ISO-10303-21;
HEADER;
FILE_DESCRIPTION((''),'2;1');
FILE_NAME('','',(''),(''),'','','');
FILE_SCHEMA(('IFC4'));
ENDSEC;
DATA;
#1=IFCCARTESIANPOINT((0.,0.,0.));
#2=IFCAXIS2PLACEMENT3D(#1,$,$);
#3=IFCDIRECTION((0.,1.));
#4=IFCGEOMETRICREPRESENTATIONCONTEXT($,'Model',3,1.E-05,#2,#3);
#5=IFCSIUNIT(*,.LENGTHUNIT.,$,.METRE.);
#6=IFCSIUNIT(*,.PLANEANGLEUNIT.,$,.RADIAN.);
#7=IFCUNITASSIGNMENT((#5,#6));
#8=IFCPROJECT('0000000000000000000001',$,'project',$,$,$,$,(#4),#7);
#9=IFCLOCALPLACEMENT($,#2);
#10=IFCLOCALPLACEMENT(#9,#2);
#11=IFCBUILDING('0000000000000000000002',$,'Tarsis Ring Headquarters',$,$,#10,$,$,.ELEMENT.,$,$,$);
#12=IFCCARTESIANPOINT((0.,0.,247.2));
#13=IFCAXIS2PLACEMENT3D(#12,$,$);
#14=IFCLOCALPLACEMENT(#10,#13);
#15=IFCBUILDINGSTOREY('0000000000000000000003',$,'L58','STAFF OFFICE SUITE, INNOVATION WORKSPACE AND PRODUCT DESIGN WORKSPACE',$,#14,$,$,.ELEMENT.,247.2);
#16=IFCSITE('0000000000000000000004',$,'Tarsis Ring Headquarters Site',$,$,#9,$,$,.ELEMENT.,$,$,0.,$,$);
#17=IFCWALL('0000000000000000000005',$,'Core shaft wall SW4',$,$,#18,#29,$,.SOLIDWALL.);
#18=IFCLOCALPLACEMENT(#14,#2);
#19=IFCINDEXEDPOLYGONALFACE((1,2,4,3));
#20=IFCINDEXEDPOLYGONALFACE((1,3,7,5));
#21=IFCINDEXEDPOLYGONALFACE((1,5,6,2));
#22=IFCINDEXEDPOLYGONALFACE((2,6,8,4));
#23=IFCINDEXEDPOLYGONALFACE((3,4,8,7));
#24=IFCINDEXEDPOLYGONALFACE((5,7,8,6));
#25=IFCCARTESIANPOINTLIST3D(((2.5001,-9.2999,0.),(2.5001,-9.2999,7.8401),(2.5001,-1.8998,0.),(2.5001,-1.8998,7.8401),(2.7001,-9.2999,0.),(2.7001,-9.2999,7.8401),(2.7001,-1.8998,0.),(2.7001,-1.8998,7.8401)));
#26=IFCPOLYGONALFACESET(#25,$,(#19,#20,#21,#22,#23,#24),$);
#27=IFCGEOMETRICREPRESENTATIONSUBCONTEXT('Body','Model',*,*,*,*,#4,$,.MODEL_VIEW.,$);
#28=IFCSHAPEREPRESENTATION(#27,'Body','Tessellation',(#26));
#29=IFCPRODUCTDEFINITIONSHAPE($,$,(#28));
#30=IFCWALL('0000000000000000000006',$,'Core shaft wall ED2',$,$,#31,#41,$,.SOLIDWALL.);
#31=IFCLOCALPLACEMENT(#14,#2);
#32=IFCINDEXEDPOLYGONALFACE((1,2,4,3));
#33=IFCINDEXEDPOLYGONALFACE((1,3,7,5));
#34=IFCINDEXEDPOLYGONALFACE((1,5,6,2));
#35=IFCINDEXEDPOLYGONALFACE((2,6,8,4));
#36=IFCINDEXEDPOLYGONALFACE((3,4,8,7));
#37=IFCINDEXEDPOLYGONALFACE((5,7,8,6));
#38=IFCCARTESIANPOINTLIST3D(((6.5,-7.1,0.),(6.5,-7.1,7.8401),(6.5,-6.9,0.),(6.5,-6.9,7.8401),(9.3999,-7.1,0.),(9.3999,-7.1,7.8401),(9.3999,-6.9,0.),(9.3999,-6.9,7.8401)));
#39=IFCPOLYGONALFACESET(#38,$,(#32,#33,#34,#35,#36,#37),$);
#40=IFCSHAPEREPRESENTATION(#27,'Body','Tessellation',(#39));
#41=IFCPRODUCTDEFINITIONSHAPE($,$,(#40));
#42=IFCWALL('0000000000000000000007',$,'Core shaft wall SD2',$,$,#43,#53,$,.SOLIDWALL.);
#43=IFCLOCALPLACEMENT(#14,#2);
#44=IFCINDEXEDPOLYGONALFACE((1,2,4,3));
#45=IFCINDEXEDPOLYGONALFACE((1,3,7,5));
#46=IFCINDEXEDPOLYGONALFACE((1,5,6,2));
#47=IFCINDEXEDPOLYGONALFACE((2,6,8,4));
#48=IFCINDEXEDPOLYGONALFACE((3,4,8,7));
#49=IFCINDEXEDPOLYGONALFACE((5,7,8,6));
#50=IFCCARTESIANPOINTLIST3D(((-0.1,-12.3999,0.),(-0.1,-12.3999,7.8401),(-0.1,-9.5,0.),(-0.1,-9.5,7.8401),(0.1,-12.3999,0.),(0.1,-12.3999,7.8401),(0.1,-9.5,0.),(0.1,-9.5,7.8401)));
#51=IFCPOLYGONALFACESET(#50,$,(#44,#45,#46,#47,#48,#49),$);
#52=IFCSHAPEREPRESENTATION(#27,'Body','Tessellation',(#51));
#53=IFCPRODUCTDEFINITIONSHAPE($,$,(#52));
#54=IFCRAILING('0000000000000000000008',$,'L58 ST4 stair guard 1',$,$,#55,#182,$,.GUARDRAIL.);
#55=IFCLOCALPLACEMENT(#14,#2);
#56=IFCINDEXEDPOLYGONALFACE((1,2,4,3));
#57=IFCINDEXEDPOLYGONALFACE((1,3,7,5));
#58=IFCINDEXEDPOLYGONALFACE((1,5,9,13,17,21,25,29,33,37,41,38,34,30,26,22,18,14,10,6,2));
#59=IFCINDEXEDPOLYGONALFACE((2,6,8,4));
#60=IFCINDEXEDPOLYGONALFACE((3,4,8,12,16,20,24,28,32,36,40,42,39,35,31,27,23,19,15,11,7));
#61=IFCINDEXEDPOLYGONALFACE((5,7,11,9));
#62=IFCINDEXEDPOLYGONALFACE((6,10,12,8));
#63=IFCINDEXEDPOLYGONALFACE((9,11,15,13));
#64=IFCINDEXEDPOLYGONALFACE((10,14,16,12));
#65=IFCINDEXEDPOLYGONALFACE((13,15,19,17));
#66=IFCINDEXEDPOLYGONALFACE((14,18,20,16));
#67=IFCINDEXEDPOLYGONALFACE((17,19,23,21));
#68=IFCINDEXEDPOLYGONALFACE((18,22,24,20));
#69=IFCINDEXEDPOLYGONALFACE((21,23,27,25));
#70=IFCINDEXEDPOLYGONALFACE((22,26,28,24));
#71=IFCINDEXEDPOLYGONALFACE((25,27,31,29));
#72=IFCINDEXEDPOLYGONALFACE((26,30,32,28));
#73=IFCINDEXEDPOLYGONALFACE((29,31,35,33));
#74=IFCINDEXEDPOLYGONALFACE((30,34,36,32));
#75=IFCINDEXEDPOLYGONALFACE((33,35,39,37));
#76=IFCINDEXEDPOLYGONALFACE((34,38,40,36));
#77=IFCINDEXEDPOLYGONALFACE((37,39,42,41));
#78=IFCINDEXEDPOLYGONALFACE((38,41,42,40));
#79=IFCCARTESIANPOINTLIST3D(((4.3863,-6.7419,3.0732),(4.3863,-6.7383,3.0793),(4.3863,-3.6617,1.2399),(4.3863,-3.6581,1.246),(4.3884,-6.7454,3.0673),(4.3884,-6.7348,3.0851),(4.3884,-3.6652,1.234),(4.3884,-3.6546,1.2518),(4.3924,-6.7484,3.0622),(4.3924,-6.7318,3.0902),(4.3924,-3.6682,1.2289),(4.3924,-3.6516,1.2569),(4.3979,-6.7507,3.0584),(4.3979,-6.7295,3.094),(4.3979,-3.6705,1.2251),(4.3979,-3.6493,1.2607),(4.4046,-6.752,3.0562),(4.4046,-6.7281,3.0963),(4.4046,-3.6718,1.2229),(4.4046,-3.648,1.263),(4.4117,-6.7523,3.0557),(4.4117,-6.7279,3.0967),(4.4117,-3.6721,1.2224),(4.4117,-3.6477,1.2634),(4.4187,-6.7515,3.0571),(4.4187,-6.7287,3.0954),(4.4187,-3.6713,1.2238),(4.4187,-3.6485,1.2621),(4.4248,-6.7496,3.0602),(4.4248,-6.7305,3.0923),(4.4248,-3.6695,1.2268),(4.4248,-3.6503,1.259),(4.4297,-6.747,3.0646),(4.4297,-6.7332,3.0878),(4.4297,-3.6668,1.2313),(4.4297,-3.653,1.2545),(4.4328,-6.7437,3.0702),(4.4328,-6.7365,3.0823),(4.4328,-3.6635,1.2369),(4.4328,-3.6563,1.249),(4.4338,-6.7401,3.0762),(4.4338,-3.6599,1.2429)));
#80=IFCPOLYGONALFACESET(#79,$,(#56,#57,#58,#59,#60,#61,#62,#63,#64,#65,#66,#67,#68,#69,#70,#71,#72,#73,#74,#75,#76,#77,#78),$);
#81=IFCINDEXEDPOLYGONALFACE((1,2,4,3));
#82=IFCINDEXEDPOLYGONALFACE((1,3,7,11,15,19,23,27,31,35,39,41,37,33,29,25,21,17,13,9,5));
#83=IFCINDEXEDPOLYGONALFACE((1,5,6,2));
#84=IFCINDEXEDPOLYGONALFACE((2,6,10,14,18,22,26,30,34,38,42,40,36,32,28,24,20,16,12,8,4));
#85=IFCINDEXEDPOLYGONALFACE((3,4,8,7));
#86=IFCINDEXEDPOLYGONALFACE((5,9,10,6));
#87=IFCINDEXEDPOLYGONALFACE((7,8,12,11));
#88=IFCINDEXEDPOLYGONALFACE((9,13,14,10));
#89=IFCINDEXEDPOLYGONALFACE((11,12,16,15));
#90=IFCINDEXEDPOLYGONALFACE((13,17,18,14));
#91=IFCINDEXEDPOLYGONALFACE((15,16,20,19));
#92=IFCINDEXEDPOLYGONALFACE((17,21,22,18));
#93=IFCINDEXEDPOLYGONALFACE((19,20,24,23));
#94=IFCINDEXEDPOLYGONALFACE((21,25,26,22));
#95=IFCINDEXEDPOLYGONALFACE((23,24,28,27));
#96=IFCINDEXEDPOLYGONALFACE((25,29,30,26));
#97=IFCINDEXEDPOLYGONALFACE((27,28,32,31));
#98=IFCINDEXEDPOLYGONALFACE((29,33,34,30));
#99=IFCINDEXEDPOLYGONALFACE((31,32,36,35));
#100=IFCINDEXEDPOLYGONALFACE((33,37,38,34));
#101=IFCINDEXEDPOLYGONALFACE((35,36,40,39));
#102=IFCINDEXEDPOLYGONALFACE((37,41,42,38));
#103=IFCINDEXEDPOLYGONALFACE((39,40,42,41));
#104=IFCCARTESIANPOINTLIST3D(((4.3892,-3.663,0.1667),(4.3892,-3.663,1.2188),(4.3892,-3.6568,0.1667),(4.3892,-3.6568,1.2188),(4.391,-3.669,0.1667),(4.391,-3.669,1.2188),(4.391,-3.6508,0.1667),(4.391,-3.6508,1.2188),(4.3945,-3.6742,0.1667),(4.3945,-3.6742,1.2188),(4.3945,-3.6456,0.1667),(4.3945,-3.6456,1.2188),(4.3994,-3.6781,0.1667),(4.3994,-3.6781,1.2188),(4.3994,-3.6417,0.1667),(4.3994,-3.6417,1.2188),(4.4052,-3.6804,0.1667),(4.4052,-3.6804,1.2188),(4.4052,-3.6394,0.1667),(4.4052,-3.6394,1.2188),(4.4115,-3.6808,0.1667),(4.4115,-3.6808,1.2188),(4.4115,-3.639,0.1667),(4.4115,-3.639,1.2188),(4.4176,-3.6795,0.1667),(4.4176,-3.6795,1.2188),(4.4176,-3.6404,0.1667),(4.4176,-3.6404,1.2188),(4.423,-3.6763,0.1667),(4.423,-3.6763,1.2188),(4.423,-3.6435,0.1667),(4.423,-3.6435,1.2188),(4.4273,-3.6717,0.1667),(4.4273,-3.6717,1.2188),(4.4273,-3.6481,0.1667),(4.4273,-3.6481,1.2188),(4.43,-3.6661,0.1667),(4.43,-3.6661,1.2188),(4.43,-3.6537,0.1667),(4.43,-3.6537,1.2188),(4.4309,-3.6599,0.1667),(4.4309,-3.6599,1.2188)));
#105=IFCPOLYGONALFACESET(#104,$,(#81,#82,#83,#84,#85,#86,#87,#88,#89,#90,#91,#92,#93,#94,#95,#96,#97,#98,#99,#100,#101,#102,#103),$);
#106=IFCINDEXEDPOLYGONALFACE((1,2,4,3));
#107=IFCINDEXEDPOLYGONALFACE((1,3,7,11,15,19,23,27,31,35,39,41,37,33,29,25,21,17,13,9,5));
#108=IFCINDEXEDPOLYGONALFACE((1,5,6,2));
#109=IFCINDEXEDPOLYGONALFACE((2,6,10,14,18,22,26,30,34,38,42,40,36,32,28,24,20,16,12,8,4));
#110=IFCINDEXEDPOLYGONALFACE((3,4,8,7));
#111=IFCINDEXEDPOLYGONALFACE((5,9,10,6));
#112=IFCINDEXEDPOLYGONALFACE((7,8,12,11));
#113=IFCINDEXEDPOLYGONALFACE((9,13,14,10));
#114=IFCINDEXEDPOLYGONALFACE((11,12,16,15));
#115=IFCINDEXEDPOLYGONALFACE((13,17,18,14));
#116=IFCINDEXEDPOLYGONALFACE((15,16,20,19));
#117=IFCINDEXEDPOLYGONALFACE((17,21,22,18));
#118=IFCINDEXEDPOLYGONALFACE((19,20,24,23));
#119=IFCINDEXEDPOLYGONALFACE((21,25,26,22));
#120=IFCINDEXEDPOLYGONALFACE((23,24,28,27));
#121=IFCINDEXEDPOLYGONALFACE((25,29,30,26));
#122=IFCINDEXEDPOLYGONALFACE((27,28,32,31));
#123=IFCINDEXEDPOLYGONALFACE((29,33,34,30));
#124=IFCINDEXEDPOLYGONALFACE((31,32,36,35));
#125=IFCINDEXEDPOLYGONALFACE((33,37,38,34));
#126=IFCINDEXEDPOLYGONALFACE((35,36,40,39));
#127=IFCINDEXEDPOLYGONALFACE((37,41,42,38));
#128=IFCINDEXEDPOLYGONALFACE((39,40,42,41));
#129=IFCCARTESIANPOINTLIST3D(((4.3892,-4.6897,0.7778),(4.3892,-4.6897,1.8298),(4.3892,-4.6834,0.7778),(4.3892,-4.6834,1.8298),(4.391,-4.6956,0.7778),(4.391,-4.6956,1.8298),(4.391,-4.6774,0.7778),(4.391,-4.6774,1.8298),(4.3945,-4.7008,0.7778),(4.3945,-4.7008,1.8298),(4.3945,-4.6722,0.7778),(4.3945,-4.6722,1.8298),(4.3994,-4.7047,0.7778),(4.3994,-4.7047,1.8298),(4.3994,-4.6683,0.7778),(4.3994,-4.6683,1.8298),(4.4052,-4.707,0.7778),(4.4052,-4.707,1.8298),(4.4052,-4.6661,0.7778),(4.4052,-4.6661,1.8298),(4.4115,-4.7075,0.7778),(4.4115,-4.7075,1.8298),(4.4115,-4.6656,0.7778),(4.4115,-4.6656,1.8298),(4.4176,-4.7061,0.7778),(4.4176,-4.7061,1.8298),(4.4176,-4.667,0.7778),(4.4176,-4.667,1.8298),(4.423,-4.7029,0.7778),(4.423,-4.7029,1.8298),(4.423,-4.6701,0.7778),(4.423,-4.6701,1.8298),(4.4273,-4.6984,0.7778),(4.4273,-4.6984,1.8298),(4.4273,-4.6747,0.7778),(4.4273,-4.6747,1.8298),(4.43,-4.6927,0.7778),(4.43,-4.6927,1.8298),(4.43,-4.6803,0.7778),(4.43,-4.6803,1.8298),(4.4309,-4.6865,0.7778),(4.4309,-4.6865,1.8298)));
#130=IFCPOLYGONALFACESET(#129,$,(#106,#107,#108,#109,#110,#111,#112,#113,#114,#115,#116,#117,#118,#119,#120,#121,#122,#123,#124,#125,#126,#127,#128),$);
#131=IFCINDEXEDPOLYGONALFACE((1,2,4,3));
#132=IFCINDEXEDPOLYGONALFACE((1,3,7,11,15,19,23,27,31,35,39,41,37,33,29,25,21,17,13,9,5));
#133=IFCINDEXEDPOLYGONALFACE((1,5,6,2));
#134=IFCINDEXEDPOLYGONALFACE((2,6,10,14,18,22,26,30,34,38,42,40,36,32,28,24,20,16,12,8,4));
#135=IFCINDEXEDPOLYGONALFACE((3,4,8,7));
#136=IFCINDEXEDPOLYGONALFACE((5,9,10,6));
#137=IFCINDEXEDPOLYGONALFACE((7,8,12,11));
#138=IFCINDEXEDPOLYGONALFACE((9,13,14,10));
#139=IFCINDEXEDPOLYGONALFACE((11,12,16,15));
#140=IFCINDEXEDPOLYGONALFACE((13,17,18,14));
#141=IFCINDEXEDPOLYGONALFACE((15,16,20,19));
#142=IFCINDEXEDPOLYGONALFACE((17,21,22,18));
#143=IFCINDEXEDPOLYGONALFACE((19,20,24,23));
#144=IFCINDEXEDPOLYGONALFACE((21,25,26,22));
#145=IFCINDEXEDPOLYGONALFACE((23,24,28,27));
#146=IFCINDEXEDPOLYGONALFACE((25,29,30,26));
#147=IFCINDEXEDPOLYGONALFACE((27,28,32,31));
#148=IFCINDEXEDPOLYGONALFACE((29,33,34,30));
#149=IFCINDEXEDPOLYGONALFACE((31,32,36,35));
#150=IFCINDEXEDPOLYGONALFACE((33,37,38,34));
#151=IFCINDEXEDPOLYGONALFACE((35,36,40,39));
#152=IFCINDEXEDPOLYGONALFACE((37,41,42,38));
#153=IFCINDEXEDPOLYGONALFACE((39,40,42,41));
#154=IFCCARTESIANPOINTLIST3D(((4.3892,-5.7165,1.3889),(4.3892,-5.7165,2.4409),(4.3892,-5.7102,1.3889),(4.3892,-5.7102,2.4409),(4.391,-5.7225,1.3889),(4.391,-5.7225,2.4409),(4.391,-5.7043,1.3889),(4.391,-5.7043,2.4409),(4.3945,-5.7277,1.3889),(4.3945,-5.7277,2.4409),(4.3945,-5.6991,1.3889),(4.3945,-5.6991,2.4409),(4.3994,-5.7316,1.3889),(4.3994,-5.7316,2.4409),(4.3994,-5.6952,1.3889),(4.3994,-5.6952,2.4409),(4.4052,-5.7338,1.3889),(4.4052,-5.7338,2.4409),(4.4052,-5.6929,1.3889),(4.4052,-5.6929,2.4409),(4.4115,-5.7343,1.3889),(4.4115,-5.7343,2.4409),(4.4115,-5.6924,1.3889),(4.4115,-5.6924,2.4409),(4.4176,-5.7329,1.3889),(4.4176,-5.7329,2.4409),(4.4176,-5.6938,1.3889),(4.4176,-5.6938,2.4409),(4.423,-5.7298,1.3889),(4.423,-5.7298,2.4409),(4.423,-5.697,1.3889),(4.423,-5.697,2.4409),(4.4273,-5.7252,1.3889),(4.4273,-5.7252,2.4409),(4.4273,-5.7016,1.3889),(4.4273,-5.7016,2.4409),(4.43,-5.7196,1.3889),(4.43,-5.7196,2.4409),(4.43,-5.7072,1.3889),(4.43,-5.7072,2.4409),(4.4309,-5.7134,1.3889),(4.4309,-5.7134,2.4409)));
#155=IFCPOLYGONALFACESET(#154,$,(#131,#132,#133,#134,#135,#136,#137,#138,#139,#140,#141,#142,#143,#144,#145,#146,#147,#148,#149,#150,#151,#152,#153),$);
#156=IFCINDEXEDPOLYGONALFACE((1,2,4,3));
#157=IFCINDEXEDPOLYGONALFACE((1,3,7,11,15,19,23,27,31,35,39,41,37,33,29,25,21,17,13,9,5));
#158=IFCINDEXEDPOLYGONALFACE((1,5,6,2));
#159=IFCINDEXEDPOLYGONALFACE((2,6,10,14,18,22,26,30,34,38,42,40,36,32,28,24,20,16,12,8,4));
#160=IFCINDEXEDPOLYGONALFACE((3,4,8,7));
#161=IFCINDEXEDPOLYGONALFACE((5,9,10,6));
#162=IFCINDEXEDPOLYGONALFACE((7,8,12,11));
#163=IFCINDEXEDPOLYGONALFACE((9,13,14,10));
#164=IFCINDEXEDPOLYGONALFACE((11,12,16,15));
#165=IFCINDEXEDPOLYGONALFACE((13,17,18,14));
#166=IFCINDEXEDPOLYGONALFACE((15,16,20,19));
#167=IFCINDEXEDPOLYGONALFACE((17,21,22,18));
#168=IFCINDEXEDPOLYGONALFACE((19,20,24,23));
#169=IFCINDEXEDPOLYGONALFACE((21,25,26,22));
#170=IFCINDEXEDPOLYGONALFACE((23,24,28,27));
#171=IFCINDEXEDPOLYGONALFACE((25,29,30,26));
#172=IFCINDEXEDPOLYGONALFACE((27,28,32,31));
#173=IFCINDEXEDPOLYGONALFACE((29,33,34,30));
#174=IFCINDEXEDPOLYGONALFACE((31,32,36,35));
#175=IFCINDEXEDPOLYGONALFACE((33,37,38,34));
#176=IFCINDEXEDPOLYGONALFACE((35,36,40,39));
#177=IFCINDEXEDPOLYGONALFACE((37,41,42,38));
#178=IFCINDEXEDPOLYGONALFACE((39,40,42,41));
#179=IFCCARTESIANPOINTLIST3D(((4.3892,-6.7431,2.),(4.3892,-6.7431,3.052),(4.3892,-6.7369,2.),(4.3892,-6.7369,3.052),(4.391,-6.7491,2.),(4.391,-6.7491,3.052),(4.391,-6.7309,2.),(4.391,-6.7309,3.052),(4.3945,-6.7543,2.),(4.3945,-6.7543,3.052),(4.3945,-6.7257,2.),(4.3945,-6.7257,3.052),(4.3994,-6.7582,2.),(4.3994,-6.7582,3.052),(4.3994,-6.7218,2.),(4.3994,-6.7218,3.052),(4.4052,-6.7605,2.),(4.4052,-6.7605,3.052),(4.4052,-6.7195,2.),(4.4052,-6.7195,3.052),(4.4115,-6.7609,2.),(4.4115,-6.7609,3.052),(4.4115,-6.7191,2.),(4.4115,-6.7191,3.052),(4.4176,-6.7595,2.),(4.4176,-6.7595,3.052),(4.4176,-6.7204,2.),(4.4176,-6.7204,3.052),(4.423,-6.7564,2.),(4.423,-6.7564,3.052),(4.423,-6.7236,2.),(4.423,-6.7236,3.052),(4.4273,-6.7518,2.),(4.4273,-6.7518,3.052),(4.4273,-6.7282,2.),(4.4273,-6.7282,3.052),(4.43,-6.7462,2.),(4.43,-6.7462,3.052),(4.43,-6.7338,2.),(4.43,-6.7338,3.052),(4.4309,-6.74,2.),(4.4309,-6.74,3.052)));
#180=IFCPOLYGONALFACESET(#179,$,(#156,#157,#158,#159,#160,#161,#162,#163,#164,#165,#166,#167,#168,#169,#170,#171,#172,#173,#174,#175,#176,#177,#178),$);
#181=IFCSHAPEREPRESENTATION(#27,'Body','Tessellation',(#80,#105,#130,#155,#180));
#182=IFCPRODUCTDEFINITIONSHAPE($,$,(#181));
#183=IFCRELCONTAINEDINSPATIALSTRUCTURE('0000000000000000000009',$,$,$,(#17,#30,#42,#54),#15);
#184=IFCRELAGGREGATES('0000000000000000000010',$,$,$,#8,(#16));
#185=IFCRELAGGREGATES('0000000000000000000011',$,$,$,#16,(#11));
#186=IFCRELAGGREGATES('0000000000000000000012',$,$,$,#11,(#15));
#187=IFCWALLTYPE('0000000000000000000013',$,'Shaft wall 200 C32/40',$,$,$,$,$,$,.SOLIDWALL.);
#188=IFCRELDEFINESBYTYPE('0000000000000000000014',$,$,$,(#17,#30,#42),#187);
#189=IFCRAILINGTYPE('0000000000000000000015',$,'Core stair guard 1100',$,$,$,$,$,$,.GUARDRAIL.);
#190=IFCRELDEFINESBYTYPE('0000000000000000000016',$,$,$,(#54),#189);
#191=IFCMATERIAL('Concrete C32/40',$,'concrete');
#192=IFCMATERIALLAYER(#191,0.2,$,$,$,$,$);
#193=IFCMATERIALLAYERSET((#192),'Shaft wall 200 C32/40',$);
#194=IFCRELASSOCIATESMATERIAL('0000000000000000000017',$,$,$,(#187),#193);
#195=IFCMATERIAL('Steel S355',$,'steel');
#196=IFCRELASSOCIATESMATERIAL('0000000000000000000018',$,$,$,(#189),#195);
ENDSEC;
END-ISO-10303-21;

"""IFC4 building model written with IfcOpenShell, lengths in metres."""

from ifc_helpers import new_model, si_unit, direction, frame, frame_2d, origin, origin_2d, place, context, subcontext, project, spatial, rectangle, circle, extrude, material, layer, layer_set, type_object, element, save


model = new_model("IFC4")

# Units and contexts
model_context = context("Model", 3, precision=1e-05, world=origin(), true_north=direction((0.0, 1.0)))
body_context = subcontext(model_context, "Body", "Model", "MODEL_VIEW")
ifc_project = project(units=[si_unit("LENGTHUNIT", "METRE"), si_unit("PLANEANGLEUNIT", "RADIAN")], contexts=[model_context])

# Site, building, storey
site_placement = place(None, origin())
site = spatial("IfcSite", under=ifc_project, at=site_placement, Name="Tarsis Ring Headquarters Site", CompositionType="ELEMENT", RefElevation=0.0)
building_placement = place(site_placement, origin())
building = spatial("IfcBuilding", under=site, at=building_placement, Name="Tarsis Ring Headquarters", CompositionType="ELEMENT")
storey_placement = place(building_placement, frame((0.0, 0.0, 247.2)))
storey = spatial("IfcBuildingStorey", under=building, at=storey_placement, Name="L58", Description="STAFF OFFICE SUITE, INNOVATION WORKSPACE AND PRODUCT DESIGN WORKSPACE", CompositionType="ELEMENT", Elevation=247.2)

# Shared definitions
ifc_material_1 = material(Name="Steel S355", Category="steel")

# Walls
ifc_material_2 = material(Name="Concrete C32/40", Category="concrete")
ifc_layer_1 = layer(ifc_material_2, 0.2)
ifc_layer_set_1 = layer_set([ifc_layer_1], Name="Shaft wall 200 C32/40")
wall_type_1 = type_object("IfcWallType", Name="Shaft wall 200 C32/40", PredefinedType="SOLIDWALL", material=ifc_layer_set_1)
for number, where, z_axis, x_axis, name in (
    (1, (2.6001, -9.3, 0.0), (0.0, 0.0, 1.0), (0.0, 1.0, 0.0), "Core shaft wall SW4"),
):
    element("IfcWall", number, at=place(storey_placement, frame(where, z_axis=z_axis, x_axis=x_axis)), inside=storey, type_object=wall_type_1, Name=name, PredefinedType="SOLIDWALL", context=body_context, shape_type="SweptSolid", body=[
        extrude(rectangle(XDim=7.4001, YDim=0.2, at=frame_2d((3.7002, 0.0))), origin(), (0.0, 0.0, 1.0), 7.8401),
    ])
for number, where, z_axis, x_axis, name in (
    (2, (6.5, -7.0, 0.0), (0.0, 0.0, 1.0), (1.0, 0.0, 0.0), "Core shaft wall ED2"),
    (3, (0.0, -12.3999, 0.0), (0.0, 0.0, 1.0), (0.0, 1.0, 0.0), "Core shaft wall SD2"),
):
    element("IfcWall", number, at=place(storey_placement, frame(where, z_axis=z_axis, x_axis=x_axis)), inside=storey, type_object=wall_type_1, Name=name, PredefinedType="SOLIDWALL", context=body_context, shape_type="SweptSolid", body=[
        extrude(rectangle(XDim=2.8999, YDim=0.2, at=frame_2d((1.45, 0.0))), origin(), (0.0, 0.0, 1.0), 7.8401),
    ])

# Railing
railing_type_1 = type_object("IfcRailingType", Name="Core stair guard 1100", PredefinedType="GUARDRAIL", material=ifc_material_1)
railing_1_placement = place(storey_placement, frame((4.4099, -3.6599, 0.1667)))
element("IfcRailing", 4, at=railing_1_placement, inside=storey, type_object=railing_type_1, Name="L58 ST4 stair guard 1", PredefinedType="GUARDRAIL", context=body_context, shape_type="SweptSolid", body=[
    extrude(circle(Radius=0.0239, at=origin_2d()), frame((0.0, 0.0, 1.0762), z_axis=(0.0, -0.859309, 0.511458), x_axis=(1.0, 0.0, 0.0)), (0.0, 0.0, 1.0), 3.5845),
    extrude(circle(Radius=0.021, at=origin_2d()), origin(), (0.0, 0.0, 1.0), 1.052),
    extrude(circle(Radius=0.021, at=origin_2d()), frame((0.0, -1.0266, 0.6111)), (0.0, 0.0, 1.0), 1.052),
    extrude(circle(Radius=0.021, at=origin_2d()), frame((0.0, -2.0535, 1.2222)), (0.0, 0.0, 1.0), 1.052),
    extrude(circle(Radius=0.021, at=origin_2d()), frame((0.0, -3.0801, 1.8333)), (0.0, 0.0, 1.0), 1.052),
])

save(model, "model.ifc")
